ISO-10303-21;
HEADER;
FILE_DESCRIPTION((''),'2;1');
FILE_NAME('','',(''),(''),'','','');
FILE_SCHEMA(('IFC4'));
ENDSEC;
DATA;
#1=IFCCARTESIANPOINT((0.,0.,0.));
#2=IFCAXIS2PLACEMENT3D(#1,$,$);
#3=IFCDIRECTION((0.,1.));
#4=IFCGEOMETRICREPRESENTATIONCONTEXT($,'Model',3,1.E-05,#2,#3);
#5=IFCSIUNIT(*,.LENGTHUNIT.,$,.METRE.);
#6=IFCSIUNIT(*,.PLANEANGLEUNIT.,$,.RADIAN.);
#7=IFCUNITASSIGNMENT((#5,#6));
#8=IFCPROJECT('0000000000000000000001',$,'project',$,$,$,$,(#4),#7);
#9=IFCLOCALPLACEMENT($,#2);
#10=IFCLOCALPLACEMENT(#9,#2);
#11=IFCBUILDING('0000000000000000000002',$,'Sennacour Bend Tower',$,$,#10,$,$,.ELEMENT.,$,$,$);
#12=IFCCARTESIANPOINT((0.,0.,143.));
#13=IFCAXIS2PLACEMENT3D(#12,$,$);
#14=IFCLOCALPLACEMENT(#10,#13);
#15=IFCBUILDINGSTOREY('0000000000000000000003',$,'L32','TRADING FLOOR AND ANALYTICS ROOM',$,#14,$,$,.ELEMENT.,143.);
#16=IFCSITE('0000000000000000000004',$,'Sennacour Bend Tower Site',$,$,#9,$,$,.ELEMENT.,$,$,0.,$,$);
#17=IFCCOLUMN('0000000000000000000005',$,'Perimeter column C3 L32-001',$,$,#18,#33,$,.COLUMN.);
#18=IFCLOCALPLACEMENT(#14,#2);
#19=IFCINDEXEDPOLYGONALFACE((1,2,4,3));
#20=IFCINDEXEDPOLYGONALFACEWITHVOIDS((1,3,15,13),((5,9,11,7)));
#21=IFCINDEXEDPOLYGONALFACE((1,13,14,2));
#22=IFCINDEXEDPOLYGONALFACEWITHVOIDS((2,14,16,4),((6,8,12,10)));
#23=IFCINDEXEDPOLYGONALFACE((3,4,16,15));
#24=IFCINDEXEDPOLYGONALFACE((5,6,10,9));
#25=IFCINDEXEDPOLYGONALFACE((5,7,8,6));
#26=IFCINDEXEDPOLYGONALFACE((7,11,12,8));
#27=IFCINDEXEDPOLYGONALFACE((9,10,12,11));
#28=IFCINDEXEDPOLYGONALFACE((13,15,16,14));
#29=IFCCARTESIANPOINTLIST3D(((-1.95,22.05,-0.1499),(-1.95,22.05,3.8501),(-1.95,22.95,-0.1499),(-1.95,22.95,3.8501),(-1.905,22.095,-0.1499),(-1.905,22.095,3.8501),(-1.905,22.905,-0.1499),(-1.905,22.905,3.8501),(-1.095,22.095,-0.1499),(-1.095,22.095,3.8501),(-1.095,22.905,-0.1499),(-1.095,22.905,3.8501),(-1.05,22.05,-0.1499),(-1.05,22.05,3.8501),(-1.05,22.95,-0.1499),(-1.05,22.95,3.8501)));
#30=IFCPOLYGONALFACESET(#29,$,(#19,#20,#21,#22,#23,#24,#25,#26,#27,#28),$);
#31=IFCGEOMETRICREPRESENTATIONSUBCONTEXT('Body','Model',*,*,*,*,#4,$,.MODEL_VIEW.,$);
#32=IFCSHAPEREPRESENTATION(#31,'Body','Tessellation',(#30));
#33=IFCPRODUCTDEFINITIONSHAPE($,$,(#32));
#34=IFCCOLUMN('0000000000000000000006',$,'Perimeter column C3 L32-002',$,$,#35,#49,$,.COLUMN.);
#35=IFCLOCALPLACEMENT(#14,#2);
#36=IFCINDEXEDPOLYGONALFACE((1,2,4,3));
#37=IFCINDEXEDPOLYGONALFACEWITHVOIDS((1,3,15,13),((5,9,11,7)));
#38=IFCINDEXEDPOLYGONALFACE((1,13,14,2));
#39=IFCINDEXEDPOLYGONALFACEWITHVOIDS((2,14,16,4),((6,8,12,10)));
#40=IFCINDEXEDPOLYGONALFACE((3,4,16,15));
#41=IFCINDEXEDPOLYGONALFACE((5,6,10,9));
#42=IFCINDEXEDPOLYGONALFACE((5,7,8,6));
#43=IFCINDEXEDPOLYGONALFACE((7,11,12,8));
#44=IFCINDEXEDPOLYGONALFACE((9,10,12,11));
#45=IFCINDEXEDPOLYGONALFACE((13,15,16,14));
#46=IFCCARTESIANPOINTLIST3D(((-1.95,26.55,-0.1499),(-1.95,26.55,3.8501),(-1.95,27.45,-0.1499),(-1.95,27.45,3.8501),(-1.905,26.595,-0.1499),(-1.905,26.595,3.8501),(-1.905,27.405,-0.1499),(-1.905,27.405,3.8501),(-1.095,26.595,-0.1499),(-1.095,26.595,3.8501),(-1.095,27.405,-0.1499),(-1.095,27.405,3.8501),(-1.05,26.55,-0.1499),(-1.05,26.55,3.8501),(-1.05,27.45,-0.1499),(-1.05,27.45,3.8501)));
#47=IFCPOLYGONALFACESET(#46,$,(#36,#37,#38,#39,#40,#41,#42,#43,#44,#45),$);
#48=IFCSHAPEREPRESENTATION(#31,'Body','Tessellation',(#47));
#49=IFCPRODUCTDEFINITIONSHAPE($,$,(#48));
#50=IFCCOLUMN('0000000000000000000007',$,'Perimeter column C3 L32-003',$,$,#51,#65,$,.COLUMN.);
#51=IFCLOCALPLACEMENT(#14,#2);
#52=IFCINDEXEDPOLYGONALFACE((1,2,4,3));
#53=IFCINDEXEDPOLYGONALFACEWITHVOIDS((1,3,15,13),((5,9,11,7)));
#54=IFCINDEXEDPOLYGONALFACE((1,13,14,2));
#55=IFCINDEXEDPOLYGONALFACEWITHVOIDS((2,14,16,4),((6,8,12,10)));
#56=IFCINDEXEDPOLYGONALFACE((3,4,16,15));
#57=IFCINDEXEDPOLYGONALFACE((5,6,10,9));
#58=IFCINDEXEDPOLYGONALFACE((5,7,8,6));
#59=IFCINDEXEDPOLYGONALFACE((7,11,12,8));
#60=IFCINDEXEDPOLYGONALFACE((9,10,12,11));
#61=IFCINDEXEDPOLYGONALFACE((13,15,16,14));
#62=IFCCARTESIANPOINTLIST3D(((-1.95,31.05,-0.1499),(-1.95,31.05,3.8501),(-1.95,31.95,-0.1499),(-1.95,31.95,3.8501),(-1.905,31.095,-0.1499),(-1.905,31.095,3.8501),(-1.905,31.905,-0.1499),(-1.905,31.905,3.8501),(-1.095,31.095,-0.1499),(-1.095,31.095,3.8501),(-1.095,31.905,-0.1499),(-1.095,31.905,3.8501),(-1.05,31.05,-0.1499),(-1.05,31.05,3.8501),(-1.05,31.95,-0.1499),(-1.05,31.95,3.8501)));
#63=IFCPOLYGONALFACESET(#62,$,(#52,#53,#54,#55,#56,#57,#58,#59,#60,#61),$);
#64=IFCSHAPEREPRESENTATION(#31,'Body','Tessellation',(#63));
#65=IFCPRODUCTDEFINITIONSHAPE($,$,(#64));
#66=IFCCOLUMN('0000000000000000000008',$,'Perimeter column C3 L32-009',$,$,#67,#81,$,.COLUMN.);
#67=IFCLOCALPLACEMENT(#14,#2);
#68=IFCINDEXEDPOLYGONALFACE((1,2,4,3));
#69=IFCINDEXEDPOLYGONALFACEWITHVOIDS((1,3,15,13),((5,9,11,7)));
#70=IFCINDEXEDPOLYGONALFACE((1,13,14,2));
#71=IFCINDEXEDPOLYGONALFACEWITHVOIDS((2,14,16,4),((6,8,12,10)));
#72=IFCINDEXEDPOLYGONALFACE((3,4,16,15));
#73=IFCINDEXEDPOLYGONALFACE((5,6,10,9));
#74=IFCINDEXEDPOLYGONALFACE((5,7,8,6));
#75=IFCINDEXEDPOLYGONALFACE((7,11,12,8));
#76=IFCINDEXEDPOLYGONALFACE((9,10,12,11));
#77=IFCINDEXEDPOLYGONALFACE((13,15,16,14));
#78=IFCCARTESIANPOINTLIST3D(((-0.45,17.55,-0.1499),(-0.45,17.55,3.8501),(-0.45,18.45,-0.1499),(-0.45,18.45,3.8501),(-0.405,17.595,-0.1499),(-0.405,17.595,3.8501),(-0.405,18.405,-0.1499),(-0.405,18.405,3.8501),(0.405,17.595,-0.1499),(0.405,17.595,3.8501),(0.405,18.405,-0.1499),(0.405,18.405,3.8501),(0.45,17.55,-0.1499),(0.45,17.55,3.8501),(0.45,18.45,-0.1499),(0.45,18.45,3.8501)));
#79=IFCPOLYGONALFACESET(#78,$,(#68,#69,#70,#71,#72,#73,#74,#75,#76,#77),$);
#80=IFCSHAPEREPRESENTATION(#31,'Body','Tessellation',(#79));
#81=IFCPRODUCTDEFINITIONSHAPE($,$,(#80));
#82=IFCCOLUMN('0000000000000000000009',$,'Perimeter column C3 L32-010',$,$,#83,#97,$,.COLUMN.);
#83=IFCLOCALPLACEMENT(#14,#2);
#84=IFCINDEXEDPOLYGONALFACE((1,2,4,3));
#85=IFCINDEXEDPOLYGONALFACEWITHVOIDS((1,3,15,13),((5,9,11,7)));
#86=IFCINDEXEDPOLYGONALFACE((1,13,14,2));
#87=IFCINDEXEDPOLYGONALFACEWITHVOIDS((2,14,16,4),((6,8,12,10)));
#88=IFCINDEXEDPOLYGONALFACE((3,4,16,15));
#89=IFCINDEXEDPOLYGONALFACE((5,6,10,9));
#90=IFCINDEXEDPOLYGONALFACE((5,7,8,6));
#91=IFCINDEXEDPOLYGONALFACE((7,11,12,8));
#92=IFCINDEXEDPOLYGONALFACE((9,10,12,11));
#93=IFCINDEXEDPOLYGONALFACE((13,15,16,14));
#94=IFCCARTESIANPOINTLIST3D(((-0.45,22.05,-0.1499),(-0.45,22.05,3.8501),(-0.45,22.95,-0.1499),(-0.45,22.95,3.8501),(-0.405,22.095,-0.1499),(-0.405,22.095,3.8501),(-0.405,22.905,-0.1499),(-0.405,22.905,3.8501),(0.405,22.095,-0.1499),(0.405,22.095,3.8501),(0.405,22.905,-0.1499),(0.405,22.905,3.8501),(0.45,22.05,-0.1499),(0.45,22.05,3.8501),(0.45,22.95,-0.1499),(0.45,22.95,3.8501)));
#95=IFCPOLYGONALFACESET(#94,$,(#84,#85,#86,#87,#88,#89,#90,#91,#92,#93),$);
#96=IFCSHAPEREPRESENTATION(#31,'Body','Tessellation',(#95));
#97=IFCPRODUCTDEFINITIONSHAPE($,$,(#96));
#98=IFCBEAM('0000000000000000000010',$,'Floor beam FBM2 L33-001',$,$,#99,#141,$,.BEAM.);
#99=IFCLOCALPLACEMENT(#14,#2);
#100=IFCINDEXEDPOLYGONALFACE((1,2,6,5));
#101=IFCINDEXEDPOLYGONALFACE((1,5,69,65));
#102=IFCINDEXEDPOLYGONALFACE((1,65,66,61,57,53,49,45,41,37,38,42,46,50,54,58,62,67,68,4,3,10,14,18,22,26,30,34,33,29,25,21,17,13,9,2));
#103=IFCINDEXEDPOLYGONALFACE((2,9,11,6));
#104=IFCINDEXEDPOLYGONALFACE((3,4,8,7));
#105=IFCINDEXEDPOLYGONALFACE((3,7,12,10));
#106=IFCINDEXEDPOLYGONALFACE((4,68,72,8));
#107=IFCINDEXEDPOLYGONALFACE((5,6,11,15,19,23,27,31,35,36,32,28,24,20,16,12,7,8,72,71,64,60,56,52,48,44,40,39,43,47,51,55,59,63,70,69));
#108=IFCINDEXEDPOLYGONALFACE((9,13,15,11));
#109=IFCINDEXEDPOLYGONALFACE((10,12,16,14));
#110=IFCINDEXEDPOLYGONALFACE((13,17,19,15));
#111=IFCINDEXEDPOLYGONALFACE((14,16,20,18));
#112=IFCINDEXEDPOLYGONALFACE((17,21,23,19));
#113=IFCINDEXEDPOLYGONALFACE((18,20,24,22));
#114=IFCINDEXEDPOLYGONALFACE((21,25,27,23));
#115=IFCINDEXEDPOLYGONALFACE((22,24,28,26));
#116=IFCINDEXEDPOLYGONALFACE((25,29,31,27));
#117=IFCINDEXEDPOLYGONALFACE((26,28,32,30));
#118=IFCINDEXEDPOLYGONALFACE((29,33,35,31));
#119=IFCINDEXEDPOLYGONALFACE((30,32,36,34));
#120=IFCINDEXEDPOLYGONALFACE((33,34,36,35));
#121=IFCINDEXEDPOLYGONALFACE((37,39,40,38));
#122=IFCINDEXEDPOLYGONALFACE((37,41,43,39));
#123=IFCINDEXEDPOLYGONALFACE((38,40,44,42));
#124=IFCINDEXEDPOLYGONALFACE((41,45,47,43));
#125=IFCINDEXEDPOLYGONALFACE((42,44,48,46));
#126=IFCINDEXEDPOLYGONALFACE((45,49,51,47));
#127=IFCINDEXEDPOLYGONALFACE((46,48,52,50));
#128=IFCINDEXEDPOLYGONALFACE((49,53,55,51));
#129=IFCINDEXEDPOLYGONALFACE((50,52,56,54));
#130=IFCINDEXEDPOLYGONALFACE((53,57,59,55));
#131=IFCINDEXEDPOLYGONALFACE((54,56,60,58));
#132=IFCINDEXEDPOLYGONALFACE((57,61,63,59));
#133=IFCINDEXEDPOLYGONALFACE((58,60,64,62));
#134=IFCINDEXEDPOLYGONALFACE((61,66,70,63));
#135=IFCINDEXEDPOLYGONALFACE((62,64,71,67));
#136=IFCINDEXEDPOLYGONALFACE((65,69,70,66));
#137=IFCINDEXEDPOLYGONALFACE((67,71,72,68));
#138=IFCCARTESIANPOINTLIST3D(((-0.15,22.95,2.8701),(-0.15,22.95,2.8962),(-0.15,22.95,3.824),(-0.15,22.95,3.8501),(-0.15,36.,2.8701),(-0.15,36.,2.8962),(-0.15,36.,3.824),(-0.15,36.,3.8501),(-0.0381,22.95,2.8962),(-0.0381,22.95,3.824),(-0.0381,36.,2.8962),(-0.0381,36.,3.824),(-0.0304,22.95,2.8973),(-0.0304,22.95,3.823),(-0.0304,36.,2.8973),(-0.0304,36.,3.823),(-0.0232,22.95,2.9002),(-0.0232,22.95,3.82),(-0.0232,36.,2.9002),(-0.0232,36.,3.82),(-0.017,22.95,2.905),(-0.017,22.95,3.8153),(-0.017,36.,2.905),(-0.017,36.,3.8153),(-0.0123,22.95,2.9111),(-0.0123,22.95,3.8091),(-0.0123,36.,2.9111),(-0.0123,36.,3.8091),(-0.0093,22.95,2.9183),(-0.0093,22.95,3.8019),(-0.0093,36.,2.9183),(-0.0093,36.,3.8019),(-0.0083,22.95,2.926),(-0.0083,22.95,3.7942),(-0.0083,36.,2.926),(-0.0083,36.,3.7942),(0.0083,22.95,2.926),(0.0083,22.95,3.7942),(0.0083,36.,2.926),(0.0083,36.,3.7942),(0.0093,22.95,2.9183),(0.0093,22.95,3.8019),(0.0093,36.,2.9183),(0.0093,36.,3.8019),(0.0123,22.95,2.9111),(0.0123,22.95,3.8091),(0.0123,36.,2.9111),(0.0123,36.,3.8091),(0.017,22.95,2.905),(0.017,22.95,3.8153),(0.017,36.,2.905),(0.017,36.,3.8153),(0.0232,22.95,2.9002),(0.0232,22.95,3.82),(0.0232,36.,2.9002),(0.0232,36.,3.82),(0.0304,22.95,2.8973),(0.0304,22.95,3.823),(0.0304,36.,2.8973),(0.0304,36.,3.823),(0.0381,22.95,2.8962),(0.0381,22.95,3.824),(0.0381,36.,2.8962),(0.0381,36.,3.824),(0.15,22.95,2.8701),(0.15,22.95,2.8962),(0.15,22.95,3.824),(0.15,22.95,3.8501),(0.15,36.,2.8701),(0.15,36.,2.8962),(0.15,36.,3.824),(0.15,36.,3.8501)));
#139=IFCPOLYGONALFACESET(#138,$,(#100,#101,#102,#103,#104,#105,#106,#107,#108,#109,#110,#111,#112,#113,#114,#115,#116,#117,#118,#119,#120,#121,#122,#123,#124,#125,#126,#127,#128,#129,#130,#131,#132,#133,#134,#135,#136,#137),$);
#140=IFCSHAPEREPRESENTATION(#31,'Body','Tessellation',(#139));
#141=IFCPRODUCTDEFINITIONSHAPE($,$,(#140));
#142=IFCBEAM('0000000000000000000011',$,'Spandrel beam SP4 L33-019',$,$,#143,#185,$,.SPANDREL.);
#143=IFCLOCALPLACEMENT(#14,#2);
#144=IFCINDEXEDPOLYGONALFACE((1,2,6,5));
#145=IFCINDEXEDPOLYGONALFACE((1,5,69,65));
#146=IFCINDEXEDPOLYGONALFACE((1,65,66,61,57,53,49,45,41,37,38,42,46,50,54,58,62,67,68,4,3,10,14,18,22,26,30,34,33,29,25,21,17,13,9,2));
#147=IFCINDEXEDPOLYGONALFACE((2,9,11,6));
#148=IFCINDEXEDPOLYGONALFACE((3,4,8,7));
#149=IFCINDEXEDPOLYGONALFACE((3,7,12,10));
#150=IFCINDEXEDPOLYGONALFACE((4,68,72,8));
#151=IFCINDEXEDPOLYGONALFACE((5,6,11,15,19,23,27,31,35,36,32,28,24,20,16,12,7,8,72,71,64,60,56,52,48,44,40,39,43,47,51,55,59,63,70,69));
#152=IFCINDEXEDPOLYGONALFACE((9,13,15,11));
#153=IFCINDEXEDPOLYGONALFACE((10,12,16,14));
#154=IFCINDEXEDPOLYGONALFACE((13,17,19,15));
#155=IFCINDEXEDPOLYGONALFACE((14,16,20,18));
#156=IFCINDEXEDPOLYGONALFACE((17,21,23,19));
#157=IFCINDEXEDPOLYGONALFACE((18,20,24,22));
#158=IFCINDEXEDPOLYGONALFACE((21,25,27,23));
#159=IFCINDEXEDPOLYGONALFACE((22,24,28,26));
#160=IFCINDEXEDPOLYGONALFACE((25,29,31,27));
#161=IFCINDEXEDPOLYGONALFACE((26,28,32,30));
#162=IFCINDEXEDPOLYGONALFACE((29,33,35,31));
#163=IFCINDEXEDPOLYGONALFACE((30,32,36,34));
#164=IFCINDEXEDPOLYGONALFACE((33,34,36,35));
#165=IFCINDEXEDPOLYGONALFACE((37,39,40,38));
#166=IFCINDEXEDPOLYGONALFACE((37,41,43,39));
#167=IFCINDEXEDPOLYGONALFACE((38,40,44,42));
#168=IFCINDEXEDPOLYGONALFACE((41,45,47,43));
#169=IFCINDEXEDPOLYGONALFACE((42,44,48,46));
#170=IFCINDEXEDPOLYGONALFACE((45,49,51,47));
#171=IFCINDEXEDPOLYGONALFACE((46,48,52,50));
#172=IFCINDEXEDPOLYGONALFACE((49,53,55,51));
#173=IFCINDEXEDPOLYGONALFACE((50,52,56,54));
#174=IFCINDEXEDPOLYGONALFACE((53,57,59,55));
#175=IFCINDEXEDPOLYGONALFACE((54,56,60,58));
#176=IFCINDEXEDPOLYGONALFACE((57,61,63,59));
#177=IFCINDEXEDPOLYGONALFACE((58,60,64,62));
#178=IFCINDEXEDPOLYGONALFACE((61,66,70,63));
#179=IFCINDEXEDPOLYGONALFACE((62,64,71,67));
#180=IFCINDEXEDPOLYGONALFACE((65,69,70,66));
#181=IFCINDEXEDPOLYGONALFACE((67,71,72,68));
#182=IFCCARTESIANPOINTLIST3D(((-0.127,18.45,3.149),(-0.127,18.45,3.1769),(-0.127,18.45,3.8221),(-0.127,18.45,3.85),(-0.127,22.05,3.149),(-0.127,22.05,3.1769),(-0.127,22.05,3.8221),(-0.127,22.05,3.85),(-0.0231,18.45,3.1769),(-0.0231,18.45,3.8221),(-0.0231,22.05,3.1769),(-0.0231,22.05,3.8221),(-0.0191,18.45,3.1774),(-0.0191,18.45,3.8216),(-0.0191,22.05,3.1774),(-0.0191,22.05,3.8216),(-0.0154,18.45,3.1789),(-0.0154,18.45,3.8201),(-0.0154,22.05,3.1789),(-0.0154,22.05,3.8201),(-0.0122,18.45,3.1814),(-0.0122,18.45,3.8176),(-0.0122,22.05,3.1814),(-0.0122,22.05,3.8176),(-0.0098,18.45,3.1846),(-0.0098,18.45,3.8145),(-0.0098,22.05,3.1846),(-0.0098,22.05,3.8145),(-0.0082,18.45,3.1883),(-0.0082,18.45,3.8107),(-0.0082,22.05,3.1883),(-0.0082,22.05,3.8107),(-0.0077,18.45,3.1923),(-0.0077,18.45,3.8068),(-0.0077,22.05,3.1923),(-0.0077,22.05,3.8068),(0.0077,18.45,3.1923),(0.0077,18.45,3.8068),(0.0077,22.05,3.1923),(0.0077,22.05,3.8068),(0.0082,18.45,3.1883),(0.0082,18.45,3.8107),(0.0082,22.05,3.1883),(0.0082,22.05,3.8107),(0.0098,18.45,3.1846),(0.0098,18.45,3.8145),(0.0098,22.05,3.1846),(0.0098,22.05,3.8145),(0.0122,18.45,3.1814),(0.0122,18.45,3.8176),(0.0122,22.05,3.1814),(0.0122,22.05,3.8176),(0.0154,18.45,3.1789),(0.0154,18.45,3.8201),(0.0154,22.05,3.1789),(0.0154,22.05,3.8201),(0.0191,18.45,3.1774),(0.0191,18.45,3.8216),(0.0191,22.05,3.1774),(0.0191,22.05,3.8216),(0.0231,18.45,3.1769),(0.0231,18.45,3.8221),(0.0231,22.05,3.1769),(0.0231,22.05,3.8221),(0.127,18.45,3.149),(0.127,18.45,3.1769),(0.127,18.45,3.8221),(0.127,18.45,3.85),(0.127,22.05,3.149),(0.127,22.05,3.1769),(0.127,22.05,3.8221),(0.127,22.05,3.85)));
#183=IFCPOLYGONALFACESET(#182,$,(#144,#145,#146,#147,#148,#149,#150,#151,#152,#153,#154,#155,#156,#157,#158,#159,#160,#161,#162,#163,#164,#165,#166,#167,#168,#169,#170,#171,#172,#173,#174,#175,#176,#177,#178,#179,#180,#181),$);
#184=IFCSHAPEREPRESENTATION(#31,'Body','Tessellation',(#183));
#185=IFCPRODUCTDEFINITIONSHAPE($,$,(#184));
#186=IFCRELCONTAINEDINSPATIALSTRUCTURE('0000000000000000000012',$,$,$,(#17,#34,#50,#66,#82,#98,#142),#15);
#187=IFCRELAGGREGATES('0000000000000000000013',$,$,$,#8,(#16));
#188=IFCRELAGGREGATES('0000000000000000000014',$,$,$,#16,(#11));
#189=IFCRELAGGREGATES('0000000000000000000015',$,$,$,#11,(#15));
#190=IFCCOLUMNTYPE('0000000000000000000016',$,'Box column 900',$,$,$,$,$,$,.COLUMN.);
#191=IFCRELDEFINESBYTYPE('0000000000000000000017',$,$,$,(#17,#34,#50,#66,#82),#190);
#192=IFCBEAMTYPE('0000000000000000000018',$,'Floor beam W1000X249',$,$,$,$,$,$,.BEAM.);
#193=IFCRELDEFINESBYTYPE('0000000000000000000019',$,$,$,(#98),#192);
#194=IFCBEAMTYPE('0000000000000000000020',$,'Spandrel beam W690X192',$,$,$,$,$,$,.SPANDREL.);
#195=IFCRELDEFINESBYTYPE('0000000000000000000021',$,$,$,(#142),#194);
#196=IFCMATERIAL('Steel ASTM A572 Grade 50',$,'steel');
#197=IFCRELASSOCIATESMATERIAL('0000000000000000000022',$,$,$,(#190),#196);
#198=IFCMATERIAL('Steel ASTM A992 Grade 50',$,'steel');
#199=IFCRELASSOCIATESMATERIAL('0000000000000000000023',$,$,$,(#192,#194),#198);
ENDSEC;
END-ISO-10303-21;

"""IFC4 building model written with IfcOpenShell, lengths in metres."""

from ifc_helpers import new_model, si_unit, direction, frame, origin, origin_2d, place, context, subcontext, project, spatial, hollow_rectangle, i_section, extrude, material, material_profile, profile_set, type_object, element, save


model = new_model("IFC4")

# Units and contexts
model_context = context("Model", 3, precision=1e-05, world=origin(), true_north=direction((0.0, 1.0)))
body_context = subcontext(model_context, "Body", "Model", "MODEL_VIEW")
ifc_project = project(units=[si_unit("LENGTHUNIT", "METRE"), si_unit("PLANEANGLEUNIT", "RADIAN")], contexts=[model_context])

# Site, building, storey
site_placement = place(None, origin())
site = spatial("IfcSite", under=ifc_project, at=site_placement, Name="Sennacour Bend Tower Site", CompositionType="ELEMENT", RefElevation=0.0)
building_placement = place(site_placement, origin())
building = spatial("IfcBuilding", under=site, at=building_placement, Name="Sennacour Bend Tower", CompositionType="ELEMENT")
storey_placement = place(building_placement, frame((0.0, 0.0, 143.0)))
storey = spatial("IfcBuildingStorey", under=building, at=storey_placement, Name="L32", Description="TRADING FLOOR AND ANALYTICS ROOM", CompositionType="ELEMENT", Elevation=143.0)

# Columns
ifc_material_1 = material(Name="Steel ASTM A572 Grade 50", Category="steel")
ifc_material_profile_1 = material_profile(ifc_material_1, hollow_rectangle(XDim=0.8999, YDim=0.8999, WallThickness=0.0449, at=origin_2d()), Name="Steel ASTM A572 Grade 50", Category="steel")
ifc_profile_set_1 = profile_set([ifc_material_profile_1], Name="Steel ASTM A572 Grade 50")
column_type = type_object("IfcColumnType", Name="Box column 900", PredefinedType="COLUMN", material=ifc_profile_set_1)
for number, where, z_axis, x_axis, name in (
    (1, (-1.5, 22.5, -0.1499), (0.0, 0.0, 1.0), (1.0, 0.0, 0.0), "Perimeter column C3 L32-001"),
    (2, (-1.5, 27.0, -0.1499), (0.0, 0.0, 1.0), (1.0, 0.0, 0.0), "Perimeter column C3 L32-002"),
    (3, (-1.5, 31.5, -0.1499), (0.0, 0.0, 1.0), (1.0, 0.0, 0.0), "Perimeter column C3 L32-003"),
    (4, (0.0, 18.0, -0.1499), (0.0, 0.0, 1.0), (1.0, 0.0, 0.0), "Perimeter column C3 L32-009"),
    (5, (0.0, 22.5, -0.1499), (0.0, 0.0, 1.0), (1.0, 0.0, 0.0), "Perimeter column C3 L32-010"),
):
    element("IfcColumn", number, at=place(storey_placement, frame(where, z_axis=z_axis, x_axis=x_axis)), inside=storey, type_object=column_type, Name=name, PredefinedType="COLUMN", context=body_context, shape_type="SweptSolid", body=[
        extrude(hollow_rectangle(XDim=0.8999, YDim=0.8999, WallThickness=0.0449, at=origin_2d()), origin(), (0.0, 0.0, 1.0), 4.0),
    ])

# Beams
ifc_material_2 = material(Name="Steel ASTM A992 Grade 50", Category="steel")
ifc_material_profile_2 = material_profile(ifc_material_2, i_section(OverallWidth=0.3, OverallDepth=0.98, WebThickness=0.0166, FlangeThickness=0.0261, FilletRadius=0.0298, at=origin_2d()), Name="Steel ASTM A992 Grade 50", Category="steel")
ifc_profile_set_2 = profile_set([ifc_material_profile_2], Name="Steel ASTM A992 Grade 50")
beam_type_1 = type_object("IfcBeamType", Name="Floor beam W1000X249", PredefinedType="BEAM", material=ifc_profile_set_2)
beam_placement = place(storey_placement, frame((0.0, 22.95, 3.3601), z_axis=(0.0, 1.0, 0.0), x_axis=(-1.0, 0.0, 0.0)))
element("IfcBeam", 6, at=beam_placement, inside=storey, type_object=beam_type_1, Name="Floor beam FBM2 L33-001", PredefinedType="BEAM", context=body_context, shape_type="SweptSolid", body=[
    extrude(i_section(OverallWidth=0.3, OverallDepth=0.98, WebThickness=0.0166, FlangeThickness=0.0261, FilletRadius=0.0298, at=origin_2d()), origin(), (0.0, 0.0, 1.0), 13.05),
])
ifc_material_profile_3 = material_profile(ifc_material_2, i_section(OverallWidth=0.2539, OverallDepth=0.7009, WebThickness=0.0154, FlangeThickness=0.0278, FilletRadius=0.0154, at=origin_2d()), Name="Steel ASTM A992 Grade 50", Category="steel")
ifc_profile_set_3 = profile_set([ifc_material_profile_3], Name="Steel ASTM A992 Grade 50")
beam_type_2 = type_object("IfcBeamType", Name="Spandrel beam W690X192", PredefinedType="SPANDREL", material=ifc_profile_set_3)
for number, where, z_axis, x_axis, name in (
    (7, (0.0, 18.45, 3.4995), (0.0, 1.0, 0.0), (-1.0, 0.0, 0.0), "Spandrel beam SP4 L33-019"),
):
    element("IfcBeam", number, at=place(storey_placement, frame(where, z_axis=z_axis, x_axis=x_axis)), inside=storey, type_object=beam_type_2, Name=name, PredefinedType="SPANDREL", context=body_context, shape_type="SweptSolid", body=[
        extrude(i_section(OverallWidth=0.2539, OverallDepth=0.7009, WebThickness=0.0154, FlangeThickness=0.0278, FilletRadius=0.0154, at=origin_2d()), origin(), (0.0, 0.0, 1.0), 3.6001),
    ])

save(model, "model.ifc")
